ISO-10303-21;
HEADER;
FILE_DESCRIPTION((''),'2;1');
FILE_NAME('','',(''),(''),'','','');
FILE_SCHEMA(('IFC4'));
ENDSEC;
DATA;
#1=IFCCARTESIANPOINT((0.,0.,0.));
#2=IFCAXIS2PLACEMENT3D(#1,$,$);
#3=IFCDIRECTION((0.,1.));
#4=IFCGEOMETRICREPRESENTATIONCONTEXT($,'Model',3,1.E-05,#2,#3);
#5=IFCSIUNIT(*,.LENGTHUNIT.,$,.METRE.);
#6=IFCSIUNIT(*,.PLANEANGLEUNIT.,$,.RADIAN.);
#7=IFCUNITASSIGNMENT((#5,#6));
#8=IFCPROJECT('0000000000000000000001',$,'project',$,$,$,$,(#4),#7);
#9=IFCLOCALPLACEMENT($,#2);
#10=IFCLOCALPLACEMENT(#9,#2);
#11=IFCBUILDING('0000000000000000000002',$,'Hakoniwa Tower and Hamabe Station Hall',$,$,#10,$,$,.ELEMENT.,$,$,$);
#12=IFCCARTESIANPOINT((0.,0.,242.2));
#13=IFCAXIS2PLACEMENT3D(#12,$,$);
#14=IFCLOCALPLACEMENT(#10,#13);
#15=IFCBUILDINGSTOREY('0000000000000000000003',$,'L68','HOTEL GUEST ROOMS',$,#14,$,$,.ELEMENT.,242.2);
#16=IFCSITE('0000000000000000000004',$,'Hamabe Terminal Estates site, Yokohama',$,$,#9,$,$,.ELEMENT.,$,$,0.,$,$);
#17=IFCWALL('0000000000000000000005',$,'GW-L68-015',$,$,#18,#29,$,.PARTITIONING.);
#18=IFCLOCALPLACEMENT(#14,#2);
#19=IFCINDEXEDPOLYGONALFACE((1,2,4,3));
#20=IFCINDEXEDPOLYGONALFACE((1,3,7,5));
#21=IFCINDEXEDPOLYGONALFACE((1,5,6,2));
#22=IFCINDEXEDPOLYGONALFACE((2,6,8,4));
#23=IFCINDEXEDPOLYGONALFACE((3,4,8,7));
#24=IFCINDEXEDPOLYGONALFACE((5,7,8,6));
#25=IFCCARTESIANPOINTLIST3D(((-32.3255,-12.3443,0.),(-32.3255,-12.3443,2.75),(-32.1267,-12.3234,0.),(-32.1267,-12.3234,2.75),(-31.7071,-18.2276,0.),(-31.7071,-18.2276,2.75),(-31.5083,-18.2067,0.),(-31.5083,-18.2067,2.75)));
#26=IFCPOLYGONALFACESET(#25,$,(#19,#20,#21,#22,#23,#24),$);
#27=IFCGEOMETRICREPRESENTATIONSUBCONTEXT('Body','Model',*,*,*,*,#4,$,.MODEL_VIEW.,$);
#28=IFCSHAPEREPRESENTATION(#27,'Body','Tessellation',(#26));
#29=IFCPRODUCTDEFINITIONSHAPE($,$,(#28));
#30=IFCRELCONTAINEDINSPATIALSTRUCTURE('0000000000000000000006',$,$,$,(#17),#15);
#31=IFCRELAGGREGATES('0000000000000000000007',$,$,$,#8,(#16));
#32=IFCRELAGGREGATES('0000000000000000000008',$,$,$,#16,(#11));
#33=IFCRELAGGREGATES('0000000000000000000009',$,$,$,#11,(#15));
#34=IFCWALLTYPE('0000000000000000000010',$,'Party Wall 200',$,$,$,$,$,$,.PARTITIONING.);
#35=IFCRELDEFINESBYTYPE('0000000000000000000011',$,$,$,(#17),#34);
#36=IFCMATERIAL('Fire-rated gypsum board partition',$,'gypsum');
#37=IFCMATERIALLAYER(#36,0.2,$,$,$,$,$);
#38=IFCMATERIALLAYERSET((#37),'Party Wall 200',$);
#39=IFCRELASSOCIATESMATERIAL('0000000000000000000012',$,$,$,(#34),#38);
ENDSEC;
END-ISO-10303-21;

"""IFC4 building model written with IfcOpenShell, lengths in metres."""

from ifc_helpers import new_model, si_unit, direction, frame, frame_2d, origin, place, context, subcontext, project, spatial, rectangle, extrude, material, layer, layer_set, type_object, element, save


model = new_model("IFC4")

# Units and contexts
model_context = context("Model", 3, precision=1e-05, world=origin(), true_north=direction((0.0, 1.0)))
body_context = subcontext(model_context, "Body", "Model", "MODEL_VIEW")
ifc_project = project(units=[si_unit("LENGTHUNIT", "METRE"), si_unit("PLANEANGLEUNIT", "RADIAN")], contexts=[model_context])

# Site, building, storey
site_placement = place(None, origin())
site = spatial("IfcSite", under=ifc_project, at=site_placement, Name="Hamabe Terminal Estates site, Yokohama", CompositionType="ELEMENT", RefElevation=0.0)
building_placement = place(site_placement, origin())
building = spatial("IfcBuilding", under=site, at=building_placement, Name="Hakoniwa Tower and Hamabe Station Hall", CompositionType="ELEMENT")
storey_placement = place(building_placement, frame((0.0, 0.0, 242.2)))
storey = spatial("IfcBuildingStorey", under=building, at=storey_placement, Name="L68", Description="HOTEL GUEST ROOMS", CompositionType="ELEMENT", Elevation=242.2)

# Wall
ifc_material_1 = material(Name="Fire-rated gypsum board partition", Category="gypsum")
ifc_layer_1 = layer(ifc_material_1, 0.2)
ifc_layer_set_1 = layer_set([ifc_layer_1], Name="Party Wall 200")
wall_type_1 = type_object("IfcWallType", Name="Party Wall 200", PredefinedType="PARTITIONING", material=ifc_layer_set_1)
wall_1_placement = place(storey_placement, frame((-31.6077, -18.2173, 0.0), z_axis=(0.0, 0.0, 1.0), x_axis=(-0.104537, 0.994521, 0.0)))
element("IfcWall", 1, at=wall_1_placement, inside=storey, type_object=wall_type_1, Name="GW-L68-015", PredefinedType="PARTITIONING", context=body_context, shape_type="SweptSolid", body=[
    extrude(rectangle(XDim=5.9158, YDim=0.2, at=frame_2d((2.958, 0.0))), origin(), (0.0, 0.0, 1.0), 2.75),
])

save(model, "model.ifc")
